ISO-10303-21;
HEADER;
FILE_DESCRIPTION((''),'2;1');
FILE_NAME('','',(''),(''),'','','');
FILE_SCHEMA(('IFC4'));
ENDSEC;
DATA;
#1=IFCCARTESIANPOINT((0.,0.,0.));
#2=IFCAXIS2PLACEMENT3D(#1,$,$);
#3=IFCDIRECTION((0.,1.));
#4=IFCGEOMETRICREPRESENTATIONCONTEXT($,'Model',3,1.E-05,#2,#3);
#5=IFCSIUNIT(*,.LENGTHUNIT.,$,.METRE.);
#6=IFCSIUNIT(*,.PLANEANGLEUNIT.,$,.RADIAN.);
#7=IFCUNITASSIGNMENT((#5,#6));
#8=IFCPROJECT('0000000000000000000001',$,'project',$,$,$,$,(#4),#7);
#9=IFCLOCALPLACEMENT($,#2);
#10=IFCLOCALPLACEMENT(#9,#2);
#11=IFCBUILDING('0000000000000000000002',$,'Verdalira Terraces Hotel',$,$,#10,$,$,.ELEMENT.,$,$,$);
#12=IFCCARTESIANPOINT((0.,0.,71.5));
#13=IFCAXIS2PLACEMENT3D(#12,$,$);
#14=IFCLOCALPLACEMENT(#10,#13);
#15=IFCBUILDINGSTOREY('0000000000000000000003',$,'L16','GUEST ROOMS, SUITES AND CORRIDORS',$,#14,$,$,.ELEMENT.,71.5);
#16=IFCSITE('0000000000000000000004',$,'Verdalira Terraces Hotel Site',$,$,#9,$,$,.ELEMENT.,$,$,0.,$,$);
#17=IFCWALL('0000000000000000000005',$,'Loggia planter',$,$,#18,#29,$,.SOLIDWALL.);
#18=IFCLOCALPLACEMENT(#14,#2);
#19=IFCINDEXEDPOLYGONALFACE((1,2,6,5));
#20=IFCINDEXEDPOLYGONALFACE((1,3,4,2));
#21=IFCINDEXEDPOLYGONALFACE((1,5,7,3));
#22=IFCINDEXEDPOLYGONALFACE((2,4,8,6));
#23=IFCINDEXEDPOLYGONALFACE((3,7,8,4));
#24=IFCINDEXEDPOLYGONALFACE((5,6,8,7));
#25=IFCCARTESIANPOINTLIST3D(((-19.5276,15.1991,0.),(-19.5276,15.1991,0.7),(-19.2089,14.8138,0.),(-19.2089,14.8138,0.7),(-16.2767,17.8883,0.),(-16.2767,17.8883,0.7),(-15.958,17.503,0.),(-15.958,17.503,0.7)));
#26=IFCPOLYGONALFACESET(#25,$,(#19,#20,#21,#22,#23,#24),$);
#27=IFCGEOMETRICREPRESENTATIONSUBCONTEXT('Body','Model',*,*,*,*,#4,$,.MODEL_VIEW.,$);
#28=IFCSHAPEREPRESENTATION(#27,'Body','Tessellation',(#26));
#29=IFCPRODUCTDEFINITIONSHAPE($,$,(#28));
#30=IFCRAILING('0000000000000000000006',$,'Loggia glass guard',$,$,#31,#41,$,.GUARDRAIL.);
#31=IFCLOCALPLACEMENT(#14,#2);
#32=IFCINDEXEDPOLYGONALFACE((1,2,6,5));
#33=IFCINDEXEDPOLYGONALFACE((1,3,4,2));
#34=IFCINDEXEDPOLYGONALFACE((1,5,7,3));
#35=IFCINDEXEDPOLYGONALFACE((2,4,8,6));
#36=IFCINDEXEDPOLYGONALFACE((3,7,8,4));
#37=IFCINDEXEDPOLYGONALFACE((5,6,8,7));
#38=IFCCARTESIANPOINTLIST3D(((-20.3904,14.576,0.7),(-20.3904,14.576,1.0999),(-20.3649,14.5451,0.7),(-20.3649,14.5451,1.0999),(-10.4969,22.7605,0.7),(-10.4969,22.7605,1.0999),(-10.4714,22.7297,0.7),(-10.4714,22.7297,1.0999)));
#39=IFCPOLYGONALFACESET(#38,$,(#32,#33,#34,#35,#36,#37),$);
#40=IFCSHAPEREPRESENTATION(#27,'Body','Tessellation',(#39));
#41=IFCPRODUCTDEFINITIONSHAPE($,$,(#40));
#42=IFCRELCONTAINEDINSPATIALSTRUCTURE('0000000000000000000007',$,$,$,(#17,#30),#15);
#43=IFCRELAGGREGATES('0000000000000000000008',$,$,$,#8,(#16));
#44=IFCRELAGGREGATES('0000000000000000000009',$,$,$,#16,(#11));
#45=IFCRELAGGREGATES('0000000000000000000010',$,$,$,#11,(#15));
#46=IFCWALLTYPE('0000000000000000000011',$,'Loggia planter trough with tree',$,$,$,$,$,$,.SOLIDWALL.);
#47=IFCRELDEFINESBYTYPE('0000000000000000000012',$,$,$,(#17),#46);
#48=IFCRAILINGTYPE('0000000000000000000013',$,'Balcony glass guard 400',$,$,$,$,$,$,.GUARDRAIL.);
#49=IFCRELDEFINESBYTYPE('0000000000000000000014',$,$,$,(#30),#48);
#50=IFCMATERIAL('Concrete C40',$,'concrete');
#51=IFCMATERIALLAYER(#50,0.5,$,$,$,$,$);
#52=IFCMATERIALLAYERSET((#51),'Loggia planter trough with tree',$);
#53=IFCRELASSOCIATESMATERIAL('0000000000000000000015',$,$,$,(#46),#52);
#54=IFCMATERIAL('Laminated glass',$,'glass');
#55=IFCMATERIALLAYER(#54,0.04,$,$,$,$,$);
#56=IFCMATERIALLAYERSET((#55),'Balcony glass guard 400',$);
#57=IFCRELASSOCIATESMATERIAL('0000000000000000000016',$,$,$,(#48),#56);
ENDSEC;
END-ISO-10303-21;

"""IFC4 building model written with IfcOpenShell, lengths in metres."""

from ifc_helpers import new_model, si_unit, direction, frame, frame_2d, origin, origin_2d, place, context, subcontext, project, spatial, rectangle, extrude, material, layer, layer_set, type_object, element, save


model = new_model("IFC4")

# Units and contexts
model_context = context("Model", 3, precision=1e-05, world=origin(), true_north=direction((0.0, 1.0)))
body_context = subcontext(model_context, "Body", "Model", "MODEL_VIEW")
ifc_project = project(units=[si_unit("LENGTHUNIT", "METRE"), si_unit("PLANEANGLEUNIT", "RADIAN")], contexts=[model_context])

# Site, building, storey
site_placement = place(None, origin())
site = spatial("IfcSite", under=ifc_project, at=site_placement, Name="Verdalira Terraces Hotel Site", CompositionType="ELEMENT", RefElevation=0.0)
building_placement = place(site_placement, origin())
building = spatial("IfcBuilding", under=site, at=building_placement, Name="Verdalira Terraces Hotel", CompositionType="ELEMENT")
storey_placement = place(building_placement, frame((0.0, 0.0, 71.5)))
storey = spatial("IfcBuildingStorey", under=building, at=storey_placement, Name="L16", Description="GUEST ROOMS, SUITES AND CORRIDORS", CompositionType="ELEMENT", Elevation=71.5)

# Wall
ifc_material_1 = material(Name="Concrete C40", Category="concrete")
ifc_layer_1 = layer(ifc_material_1, 0.5)
ifc_layer_set_1 = layer_set([ifc_layer_1], Name="Loggia planter trough with tree")
wall_type_1 = type_object("IfcWallType", Name="Loggia planter trough with tree", PredefinedType="SOLIDWALL", material=ifc_layer_set_1)
wall_1_placement = place(storey_placement, frame((-16.1174, 17.6956, 0.0), z_axis=(0.0, 0.0, 1.0), x_axis=(-0.77054, -0.637391, 0.0)))
element("IfcWall", 1, at=wall_1_placement, inside=storey, type_object=wall_type_1, Name="Loggia planter", PredefinedType="SOLIDWALL", context=body_context, shape_type="SweptSolid", body=[
    extrude(rectangle(XDim=4.219, YDim=0.5, at=frame_2d((2.1094, 0.0))), origin(), (0.0, 0.0, 1.0), 0.7),
])

# Railing
ifc_material_2 = material(Name="Laminated glass", Category="glass")
ifc_layer_2 = layer(ifc_material_2, 0.04)
ifc_layer_set_2 = layer_set([ifc_layer_2], Name="Balcony glass guard 400")
railing_type = type_object("IfcRailingType", Name="Balcony glass guard 400", PredefinedType="GUARDRAIL", material=ifc_layer_set_2)
railing_placement = place(storey_placement, frame((-15.4309, 18.6528, 0.7), z_axis=(0.0, 0.0, 1.0), x_axis=(-0.770513, -0.637424, 0.0)))
element("IfcRailing", 2, at=railing_placement, inside=storey, type_object=railing_type, Name="Loggia glass guard", PredefinedType="GUARDRAIL", context=body_context, shape_type="SweptSolid", body=[
    extrude(rectangle(XDim=12.8401, YDim=0.04, at=origin_2d()), origin(), (0.0, 0.0, 1.0), 0.3999),
])

save(model, "model.ifc")
